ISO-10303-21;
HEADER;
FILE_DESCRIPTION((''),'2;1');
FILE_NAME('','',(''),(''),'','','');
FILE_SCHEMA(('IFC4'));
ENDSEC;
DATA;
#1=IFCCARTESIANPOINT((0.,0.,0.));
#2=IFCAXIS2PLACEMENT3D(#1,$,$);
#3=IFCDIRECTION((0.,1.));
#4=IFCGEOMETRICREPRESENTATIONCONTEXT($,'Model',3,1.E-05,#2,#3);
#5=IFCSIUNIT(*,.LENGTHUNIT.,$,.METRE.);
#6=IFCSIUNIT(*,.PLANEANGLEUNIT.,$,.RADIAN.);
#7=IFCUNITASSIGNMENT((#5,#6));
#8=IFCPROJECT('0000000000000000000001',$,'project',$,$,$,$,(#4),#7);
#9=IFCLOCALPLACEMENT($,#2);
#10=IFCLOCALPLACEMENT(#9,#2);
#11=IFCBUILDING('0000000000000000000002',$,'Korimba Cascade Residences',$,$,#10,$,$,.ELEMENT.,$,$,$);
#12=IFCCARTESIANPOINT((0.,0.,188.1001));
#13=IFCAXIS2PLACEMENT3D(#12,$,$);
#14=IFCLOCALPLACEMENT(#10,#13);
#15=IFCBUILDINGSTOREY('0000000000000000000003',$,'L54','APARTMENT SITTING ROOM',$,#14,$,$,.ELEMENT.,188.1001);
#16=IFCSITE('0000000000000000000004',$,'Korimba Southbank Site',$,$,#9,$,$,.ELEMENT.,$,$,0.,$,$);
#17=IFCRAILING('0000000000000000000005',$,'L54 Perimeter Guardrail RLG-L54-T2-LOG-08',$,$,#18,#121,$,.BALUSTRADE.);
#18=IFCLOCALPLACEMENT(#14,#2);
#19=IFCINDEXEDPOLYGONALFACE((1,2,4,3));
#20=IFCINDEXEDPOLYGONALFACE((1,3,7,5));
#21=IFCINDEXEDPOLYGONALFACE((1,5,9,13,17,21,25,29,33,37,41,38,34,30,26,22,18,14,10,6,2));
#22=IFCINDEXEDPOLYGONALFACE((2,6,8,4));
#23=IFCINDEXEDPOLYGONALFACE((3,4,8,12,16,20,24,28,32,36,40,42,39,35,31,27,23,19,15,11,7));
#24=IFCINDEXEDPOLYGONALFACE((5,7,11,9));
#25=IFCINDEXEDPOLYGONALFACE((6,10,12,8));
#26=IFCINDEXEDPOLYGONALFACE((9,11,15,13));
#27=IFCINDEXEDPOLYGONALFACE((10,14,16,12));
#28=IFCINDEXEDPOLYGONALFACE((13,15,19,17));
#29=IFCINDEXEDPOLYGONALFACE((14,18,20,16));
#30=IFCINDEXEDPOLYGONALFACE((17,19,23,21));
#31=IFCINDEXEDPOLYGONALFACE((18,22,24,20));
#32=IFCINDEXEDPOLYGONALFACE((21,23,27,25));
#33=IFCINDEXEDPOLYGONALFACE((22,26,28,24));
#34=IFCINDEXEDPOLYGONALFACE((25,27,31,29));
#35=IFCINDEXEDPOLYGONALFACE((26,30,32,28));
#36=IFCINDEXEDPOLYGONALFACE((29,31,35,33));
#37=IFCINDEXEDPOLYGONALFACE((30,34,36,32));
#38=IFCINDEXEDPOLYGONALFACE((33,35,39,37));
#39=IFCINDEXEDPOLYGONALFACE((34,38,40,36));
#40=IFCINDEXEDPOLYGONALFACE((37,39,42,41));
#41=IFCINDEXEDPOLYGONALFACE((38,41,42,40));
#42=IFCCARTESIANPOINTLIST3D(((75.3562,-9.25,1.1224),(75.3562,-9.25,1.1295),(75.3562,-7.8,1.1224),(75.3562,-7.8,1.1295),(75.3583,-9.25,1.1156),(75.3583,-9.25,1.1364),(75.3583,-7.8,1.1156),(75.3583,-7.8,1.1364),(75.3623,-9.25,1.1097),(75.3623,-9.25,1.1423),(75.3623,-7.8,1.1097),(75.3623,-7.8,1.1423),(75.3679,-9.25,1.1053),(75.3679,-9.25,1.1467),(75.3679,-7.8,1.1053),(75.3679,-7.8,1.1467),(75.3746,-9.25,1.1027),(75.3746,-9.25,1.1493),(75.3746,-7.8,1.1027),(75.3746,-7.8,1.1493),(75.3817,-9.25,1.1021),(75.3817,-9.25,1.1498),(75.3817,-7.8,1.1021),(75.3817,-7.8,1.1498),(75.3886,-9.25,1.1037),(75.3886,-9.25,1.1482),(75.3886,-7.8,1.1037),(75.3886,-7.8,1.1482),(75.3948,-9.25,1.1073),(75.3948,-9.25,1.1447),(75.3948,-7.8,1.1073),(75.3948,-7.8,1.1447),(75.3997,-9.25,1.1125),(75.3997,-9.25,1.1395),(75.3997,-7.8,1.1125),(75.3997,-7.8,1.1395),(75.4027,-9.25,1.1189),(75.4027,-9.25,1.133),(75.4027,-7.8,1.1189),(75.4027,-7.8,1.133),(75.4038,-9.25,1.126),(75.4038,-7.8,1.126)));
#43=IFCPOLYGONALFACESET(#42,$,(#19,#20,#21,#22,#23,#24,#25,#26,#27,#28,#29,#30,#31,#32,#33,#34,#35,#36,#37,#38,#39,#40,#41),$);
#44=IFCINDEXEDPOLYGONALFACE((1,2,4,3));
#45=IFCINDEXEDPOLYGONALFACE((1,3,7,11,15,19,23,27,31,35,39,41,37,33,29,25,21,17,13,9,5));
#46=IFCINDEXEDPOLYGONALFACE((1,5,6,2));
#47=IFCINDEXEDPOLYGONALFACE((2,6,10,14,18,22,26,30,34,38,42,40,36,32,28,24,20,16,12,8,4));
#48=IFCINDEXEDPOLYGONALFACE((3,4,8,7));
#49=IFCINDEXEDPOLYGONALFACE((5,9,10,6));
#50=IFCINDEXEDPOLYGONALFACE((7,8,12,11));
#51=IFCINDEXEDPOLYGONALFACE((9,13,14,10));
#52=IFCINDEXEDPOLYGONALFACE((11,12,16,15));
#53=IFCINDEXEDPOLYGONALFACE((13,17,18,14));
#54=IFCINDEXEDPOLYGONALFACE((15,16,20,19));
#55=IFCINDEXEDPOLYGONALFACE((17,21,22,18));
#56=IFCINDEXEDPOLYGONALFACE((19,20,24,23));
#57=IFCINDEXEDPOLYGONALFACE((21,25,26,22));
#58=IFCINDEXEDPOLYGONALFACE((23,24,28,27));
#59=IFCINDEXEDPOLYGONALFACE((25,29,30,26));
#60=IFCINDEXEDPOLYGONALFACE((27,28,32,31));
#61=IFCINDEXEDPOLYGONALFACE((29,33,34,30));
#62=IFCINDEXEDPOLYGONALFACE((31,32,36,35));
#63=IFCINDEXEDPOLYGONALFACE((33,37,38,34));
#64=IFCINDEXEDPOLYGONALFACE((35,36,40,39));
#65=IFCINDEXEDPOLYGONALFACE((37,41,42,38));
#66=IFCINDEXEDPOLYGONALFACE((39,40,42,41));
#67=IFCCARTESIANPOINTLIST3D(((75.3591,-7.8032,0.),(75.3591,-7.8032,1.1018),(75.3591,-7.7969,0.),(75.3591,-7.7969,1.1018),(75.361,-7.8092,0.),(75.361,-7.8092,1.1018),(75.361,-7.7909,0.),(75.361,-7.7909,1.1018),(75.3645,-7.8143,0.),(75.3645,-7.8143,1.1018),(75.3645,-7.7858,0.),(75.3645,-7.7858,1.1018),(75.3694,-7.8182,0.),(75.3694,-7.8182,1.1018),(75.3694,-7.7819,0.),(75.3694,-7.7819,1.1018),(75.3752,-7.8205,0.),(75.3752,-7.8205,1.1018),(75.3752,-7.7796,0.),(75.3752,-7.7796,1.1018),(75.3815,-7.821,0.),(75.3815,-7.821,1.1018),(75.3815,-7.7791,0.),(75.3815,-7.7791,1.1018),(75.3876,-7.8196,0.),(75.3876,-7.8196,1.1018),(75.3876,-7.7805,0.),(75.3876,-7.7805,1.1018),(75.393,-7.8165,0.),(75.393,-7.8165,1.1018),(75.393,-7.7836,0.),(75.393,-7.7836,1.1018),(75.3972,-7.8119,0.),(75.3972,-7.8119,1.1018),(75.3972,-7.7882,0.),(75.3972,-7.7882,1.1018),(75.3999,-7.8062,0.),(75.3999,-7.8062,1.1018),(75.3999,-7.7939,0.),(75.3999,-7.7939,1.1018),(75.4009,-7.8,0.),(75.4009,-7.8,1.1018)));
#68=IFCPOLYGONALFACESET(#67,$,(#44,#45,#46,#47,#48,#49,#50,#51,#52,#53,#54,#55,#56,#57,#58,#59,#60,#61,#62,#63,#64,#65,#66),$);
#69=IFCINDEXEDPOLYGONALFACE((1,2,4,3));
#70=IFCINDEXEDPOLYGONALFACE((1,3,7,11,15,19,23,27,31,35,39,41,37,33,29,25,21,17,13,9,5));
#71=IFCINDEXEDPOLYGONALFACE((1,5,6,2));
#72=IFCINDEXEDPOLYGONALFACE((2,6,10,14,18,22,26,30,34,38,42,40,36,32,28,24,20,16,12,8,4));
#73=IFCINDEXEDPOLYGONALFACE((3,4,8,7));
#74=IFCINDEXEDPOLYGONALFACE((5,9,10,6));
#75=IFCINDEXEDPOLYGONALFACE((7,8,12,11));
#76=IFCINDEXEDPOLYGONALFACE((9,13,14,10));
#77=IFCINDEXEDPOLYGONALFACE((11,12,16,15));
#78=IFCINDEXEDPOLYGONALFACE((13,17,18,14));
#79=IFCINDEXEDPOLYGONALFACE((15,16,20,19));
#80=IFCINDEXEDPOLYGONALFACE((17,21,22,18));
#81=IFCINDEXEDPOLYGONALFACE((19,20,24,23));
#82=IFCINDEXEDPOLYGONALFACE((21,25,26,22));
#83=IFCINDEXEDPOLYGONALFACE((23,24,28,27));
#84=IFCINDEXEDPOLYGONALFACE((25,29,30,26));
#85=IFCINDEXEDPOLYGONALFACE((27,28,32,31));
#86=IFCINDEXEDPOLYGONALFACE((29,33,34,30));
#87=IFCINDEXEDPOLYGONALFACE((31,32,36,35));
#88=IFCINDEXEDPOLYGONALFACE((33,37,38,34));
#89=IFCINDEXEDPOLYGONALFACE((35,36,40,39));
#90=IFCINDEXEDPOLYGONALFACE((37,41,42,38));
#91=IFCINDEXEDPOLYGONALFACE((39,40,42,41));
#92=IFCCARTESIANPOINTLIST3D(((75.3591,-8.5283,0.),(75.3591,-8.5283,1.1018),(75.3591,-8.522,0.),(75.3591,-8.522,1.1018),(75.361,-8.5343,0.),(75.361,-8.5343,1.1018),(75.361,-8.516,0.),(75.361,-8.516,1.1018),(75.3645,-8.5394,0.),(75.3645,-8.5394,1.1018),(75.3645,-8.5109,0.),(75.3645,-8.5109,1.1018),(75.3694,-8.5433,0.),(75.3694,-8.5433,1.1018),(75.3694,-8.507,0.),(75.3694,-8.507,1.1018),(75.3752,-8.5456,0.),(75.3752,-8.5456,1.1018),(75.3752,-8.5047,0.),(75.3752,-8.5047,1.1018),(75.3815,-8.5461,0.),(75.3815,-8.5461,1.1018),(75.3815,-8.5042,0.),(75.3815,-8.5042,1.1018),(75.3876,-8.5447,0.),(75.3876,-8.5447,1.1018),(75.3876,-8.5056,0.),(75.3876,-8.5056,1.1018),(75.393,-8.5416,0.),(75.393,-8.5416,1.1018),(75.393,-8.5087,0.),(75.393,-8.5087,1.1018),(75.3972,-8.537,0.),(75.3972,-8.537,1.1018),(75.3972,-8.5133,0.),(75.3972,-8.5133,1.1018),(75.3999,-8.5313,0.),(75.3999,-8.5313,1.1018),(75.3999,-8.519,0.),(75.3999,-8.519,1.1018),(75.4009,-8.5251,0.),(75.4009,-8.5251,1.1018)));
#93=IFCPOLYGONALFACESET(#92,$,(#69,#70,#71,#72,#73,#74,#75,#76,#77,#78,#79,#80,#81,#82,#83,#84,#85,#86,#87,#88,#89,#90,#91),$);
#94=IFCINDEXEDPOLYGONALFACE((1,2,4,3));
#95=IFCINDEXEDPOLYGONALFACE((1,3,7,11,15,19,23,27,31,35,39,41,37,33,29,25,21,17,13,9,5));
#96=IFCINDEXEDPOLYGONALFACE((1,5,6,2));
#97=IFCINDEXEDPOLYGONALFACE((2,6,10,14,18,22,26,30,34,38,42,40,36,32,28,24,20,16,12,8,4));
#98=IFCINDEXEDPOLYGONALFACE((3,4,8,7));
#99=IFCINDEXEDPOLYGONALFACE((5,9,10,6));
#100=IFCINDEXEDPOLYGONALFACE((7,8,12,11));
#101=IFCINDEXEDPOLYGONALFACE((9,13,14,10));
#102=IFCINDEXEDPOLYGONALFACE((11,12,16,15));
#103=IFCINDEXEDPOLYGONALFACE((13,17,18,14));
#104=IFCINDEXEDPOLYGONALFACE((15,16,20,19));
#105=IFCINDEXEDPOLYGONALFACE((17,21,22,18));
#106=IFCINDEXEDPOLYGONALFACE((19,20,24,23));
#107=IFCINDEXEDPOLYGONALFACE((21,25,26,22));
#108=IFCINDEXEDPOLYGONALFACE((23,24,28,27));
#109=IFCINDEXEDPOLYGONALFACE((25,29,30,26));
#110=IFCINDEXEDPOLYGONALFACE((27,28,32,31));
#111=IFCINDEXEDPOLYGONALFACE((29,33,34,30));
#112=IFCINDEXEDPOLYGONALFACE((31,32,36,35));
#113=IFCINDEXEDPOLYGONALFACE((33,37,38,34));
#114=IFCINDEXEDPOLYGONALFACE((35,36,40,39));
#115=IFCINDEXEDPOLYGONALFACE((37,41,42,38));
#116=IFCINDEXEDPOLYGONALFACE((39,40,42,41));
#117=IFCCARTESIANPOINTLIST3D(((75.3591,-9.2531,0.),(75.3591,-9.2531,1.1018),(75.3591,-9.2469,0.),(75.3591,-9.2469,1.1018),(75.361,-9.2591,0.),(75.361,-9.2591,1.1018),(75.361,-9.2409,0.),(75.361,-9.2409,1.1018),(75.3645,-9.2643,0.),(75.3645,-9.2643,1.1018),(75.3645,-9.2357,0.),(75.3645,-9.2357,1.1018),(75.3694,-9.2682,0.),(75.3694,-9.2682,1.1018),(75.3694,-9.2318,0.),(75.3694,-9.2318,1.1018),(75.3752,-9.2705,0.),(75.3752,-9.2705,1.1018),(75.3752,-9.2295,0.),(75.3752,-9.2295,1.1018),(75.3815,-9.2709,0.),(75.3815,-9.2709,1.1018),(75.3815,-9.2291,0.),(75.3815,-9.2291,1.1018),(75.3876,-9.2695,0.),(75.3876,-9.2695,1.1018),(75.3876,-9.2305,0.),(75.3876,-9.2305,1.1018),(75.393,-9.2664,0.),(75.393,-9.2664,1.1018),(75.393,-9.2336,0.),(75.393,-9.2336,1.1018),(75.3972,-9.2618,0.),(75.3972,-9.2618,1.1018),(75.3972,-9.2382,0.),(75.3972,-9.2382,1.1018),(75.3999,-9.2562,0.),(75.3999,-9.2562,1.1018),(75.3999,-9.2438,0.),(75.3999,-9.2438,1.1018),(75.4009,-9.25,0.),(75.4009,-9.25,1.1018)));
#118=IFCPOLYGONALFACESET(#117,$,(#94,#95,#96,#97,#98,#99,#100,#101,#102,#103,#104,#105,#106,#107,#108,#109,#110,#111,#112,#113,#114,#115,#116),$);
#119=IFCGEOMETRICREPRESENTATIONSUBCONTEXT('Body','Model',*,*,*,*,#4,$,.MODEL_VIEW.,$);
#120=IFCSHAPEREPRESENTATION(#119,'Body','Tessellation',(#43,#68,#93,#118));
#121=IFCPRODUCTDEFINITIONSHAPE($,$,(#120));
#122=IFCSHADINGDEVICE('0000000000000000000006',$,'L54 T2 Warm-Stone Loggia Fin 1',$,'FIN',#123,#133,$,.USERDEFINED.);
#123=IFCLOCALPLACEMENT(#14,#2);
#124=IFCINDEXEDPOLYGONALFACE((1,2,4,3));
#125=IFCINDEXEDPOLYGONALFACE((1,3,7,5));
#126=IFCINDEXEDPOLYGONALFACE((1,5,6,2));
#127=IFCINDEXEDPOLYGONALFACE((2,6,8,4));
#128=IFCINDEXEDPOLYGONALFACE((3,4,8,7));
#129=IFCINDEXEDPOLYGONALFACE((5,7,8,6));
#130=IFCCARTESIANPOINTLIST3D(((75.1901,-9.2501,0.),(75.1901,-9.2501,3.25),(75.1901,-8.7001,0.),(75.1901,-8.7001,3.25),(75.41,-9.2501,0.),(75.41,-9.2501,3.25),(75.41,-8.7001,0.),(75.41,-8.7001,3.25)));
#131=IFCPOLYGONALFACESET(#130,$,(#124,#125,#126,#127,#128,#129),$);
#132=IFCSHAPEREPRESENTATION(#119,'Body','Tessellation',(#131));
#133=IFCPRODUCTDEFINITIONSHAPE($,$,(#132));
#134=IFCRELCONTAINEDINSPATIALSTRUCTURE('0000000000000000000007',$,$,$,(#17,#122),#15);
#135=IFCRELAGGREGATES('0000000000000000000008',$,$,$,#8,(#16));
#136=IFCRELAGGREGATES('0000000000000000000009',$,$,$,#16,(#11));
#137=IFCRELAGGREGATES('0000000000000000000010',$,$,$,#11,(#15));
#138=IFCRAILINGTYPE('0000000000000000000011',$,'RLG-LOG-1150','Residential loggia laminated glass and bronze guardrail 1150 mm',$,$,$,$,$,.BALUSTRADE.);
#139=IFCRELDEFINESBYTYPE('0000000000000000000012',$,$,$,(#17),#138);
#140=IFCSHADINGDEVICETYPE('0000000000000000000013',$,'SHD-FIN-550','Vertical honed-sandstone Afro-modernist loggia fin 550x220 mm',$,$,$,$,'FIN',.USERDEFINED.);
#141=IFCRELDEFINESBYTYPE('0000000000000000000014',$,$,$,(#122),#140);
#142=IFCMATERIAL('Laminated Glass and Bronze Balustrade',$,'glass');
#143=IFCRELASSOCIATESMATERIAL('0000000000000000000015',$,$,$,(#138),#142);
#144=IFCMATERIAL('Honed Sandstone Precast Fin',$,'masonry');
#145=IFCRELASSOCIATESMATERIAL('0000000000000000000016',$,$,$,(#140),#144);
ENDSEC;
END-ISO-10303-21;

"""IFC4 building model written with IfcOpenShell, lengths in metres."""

from ifc_helpers import new_model, si_unit, direction, frame, origin, origin_2d, place, context, subcontext, project, spatial, rectangle, circle, extrude, material, type_object, element, save


model = new_model("IFC4")

# Units and contexts
model_context = context("Model", 3, precision=1e-05, world=origin(), true_north=direction((0.0, 1.0)))
body_context = subcontext(model_context, "Body", "Model", "MODEL_VIEW")
ifc_project = project(units=[si_unit("LENGTHUNIT", "METRE"), si_unit("PLANEANGLEUNIT", "RADIAN")], contexts=[model_context])

# Site, building, storey
site_placement = place(None, origin())
site = spatial("IfcSite", under=ifc_project, at=site_placement, Name="Korimba Southbank Site", CompositionType="ELEMENT", RefElevation=0.0)
building_placement = place(site_placement, origin())
building = spatial("IfcBuilding", under=site, at=building_placement, Name="Korimba Cascade Residences", CompositionType="ELEMENT")
storey_placement = place(building_placement, frame((0.0, 0.0, 188.1001)))
storey = spatial("IfcBuildingStorey", under=building, at=storey_placement, Name="L54", Description="APARTMENT SITTING ROOM", CompositionType="ELEMENT", Elevation=188.1001)

# Railing
ifc_material_1 = material(Name="Laminated Glass and Bronze Balustrade", Category="glass")
railing_type = type_object("IfcRailingType", Name="RLG-LOG-1150", Description="Residential loggia laminated glass and bronze guardrail 1150 mm", PredefinedType="BALUSTRADE", material=ifc_material_1)
railing_1_placement = place(storey_placement, frame((75.3799, -7.8, 0.0)))
element("IfcRailing", 1, at=railing_1_placement, inside=storey, type_object=railing_type, Name="L54 Perimeter Guardrail RLG-L54-T2-LOG-08", PredefinedType="BALUSTRADE", context=body_context, shape_type="SweptSolid", body=[
    extrude(circle(Radius=0.0239, at=origin_2d()), frame((0.0, 0.0, 1.126), z_axis=(0.0, -1.0, 0.0), x_axis=(1.0, 0.0, 0.0)), (0.0, 0.0, 1.0), 1.45),
    extrude(circle(Radius=0.021, at=origin_2d()), origin(), (0.0, 0.0, 1.0), 1.1018),
    extrude(circle(Radius=0.021, at=origin_2d()), frame((0.0, -0.7251, 0.0)), (0.0, 0.0, 1.0), 1.1018),
    extrude(circle(Radius=0.021, at=origin_2d()), frame((0.0, -1.45, 0.0)), (0.0, 0.0, 1.0), 1.1018),
])

# Shading device
ifc_material_2 = material(Name="Honed Sandstone Precast Fin", Category="masonry")
shading_device_type = type_object("IfcShadingDeviceType", Name="SHD-FIN-550", Description="Vertical honed-sandstone Afro-modernist loggia fin 550x220 mm", ElementType="FIN", PredefinedType="USERDEFINED", material=ifc_material_2)
shading_device_placement = place(storey_placement, frame((75.3, -8.9751, 0.0), z_axis=(0.0, 0.0, 1.0), x_axis=(1.0, 0.0, 0.0)))
element("IfcShadingDevice", 2, at=shading_device_placement, inside=storey, type_object=shading_device_type, Name="L54 T2 Warm-Stone Loggia Fin 1", ObjectType="FIN", PredefinedType="USERDEFINED", context=body_context, shape_type="SweptSolid", body=[
    extrude(rectangle(XDim=0.22, YDim=0.55, at=origin_2d()), origin(), (0.0, 0.0, 1.0), 3.25),
])

save(model, "model.ifc")
